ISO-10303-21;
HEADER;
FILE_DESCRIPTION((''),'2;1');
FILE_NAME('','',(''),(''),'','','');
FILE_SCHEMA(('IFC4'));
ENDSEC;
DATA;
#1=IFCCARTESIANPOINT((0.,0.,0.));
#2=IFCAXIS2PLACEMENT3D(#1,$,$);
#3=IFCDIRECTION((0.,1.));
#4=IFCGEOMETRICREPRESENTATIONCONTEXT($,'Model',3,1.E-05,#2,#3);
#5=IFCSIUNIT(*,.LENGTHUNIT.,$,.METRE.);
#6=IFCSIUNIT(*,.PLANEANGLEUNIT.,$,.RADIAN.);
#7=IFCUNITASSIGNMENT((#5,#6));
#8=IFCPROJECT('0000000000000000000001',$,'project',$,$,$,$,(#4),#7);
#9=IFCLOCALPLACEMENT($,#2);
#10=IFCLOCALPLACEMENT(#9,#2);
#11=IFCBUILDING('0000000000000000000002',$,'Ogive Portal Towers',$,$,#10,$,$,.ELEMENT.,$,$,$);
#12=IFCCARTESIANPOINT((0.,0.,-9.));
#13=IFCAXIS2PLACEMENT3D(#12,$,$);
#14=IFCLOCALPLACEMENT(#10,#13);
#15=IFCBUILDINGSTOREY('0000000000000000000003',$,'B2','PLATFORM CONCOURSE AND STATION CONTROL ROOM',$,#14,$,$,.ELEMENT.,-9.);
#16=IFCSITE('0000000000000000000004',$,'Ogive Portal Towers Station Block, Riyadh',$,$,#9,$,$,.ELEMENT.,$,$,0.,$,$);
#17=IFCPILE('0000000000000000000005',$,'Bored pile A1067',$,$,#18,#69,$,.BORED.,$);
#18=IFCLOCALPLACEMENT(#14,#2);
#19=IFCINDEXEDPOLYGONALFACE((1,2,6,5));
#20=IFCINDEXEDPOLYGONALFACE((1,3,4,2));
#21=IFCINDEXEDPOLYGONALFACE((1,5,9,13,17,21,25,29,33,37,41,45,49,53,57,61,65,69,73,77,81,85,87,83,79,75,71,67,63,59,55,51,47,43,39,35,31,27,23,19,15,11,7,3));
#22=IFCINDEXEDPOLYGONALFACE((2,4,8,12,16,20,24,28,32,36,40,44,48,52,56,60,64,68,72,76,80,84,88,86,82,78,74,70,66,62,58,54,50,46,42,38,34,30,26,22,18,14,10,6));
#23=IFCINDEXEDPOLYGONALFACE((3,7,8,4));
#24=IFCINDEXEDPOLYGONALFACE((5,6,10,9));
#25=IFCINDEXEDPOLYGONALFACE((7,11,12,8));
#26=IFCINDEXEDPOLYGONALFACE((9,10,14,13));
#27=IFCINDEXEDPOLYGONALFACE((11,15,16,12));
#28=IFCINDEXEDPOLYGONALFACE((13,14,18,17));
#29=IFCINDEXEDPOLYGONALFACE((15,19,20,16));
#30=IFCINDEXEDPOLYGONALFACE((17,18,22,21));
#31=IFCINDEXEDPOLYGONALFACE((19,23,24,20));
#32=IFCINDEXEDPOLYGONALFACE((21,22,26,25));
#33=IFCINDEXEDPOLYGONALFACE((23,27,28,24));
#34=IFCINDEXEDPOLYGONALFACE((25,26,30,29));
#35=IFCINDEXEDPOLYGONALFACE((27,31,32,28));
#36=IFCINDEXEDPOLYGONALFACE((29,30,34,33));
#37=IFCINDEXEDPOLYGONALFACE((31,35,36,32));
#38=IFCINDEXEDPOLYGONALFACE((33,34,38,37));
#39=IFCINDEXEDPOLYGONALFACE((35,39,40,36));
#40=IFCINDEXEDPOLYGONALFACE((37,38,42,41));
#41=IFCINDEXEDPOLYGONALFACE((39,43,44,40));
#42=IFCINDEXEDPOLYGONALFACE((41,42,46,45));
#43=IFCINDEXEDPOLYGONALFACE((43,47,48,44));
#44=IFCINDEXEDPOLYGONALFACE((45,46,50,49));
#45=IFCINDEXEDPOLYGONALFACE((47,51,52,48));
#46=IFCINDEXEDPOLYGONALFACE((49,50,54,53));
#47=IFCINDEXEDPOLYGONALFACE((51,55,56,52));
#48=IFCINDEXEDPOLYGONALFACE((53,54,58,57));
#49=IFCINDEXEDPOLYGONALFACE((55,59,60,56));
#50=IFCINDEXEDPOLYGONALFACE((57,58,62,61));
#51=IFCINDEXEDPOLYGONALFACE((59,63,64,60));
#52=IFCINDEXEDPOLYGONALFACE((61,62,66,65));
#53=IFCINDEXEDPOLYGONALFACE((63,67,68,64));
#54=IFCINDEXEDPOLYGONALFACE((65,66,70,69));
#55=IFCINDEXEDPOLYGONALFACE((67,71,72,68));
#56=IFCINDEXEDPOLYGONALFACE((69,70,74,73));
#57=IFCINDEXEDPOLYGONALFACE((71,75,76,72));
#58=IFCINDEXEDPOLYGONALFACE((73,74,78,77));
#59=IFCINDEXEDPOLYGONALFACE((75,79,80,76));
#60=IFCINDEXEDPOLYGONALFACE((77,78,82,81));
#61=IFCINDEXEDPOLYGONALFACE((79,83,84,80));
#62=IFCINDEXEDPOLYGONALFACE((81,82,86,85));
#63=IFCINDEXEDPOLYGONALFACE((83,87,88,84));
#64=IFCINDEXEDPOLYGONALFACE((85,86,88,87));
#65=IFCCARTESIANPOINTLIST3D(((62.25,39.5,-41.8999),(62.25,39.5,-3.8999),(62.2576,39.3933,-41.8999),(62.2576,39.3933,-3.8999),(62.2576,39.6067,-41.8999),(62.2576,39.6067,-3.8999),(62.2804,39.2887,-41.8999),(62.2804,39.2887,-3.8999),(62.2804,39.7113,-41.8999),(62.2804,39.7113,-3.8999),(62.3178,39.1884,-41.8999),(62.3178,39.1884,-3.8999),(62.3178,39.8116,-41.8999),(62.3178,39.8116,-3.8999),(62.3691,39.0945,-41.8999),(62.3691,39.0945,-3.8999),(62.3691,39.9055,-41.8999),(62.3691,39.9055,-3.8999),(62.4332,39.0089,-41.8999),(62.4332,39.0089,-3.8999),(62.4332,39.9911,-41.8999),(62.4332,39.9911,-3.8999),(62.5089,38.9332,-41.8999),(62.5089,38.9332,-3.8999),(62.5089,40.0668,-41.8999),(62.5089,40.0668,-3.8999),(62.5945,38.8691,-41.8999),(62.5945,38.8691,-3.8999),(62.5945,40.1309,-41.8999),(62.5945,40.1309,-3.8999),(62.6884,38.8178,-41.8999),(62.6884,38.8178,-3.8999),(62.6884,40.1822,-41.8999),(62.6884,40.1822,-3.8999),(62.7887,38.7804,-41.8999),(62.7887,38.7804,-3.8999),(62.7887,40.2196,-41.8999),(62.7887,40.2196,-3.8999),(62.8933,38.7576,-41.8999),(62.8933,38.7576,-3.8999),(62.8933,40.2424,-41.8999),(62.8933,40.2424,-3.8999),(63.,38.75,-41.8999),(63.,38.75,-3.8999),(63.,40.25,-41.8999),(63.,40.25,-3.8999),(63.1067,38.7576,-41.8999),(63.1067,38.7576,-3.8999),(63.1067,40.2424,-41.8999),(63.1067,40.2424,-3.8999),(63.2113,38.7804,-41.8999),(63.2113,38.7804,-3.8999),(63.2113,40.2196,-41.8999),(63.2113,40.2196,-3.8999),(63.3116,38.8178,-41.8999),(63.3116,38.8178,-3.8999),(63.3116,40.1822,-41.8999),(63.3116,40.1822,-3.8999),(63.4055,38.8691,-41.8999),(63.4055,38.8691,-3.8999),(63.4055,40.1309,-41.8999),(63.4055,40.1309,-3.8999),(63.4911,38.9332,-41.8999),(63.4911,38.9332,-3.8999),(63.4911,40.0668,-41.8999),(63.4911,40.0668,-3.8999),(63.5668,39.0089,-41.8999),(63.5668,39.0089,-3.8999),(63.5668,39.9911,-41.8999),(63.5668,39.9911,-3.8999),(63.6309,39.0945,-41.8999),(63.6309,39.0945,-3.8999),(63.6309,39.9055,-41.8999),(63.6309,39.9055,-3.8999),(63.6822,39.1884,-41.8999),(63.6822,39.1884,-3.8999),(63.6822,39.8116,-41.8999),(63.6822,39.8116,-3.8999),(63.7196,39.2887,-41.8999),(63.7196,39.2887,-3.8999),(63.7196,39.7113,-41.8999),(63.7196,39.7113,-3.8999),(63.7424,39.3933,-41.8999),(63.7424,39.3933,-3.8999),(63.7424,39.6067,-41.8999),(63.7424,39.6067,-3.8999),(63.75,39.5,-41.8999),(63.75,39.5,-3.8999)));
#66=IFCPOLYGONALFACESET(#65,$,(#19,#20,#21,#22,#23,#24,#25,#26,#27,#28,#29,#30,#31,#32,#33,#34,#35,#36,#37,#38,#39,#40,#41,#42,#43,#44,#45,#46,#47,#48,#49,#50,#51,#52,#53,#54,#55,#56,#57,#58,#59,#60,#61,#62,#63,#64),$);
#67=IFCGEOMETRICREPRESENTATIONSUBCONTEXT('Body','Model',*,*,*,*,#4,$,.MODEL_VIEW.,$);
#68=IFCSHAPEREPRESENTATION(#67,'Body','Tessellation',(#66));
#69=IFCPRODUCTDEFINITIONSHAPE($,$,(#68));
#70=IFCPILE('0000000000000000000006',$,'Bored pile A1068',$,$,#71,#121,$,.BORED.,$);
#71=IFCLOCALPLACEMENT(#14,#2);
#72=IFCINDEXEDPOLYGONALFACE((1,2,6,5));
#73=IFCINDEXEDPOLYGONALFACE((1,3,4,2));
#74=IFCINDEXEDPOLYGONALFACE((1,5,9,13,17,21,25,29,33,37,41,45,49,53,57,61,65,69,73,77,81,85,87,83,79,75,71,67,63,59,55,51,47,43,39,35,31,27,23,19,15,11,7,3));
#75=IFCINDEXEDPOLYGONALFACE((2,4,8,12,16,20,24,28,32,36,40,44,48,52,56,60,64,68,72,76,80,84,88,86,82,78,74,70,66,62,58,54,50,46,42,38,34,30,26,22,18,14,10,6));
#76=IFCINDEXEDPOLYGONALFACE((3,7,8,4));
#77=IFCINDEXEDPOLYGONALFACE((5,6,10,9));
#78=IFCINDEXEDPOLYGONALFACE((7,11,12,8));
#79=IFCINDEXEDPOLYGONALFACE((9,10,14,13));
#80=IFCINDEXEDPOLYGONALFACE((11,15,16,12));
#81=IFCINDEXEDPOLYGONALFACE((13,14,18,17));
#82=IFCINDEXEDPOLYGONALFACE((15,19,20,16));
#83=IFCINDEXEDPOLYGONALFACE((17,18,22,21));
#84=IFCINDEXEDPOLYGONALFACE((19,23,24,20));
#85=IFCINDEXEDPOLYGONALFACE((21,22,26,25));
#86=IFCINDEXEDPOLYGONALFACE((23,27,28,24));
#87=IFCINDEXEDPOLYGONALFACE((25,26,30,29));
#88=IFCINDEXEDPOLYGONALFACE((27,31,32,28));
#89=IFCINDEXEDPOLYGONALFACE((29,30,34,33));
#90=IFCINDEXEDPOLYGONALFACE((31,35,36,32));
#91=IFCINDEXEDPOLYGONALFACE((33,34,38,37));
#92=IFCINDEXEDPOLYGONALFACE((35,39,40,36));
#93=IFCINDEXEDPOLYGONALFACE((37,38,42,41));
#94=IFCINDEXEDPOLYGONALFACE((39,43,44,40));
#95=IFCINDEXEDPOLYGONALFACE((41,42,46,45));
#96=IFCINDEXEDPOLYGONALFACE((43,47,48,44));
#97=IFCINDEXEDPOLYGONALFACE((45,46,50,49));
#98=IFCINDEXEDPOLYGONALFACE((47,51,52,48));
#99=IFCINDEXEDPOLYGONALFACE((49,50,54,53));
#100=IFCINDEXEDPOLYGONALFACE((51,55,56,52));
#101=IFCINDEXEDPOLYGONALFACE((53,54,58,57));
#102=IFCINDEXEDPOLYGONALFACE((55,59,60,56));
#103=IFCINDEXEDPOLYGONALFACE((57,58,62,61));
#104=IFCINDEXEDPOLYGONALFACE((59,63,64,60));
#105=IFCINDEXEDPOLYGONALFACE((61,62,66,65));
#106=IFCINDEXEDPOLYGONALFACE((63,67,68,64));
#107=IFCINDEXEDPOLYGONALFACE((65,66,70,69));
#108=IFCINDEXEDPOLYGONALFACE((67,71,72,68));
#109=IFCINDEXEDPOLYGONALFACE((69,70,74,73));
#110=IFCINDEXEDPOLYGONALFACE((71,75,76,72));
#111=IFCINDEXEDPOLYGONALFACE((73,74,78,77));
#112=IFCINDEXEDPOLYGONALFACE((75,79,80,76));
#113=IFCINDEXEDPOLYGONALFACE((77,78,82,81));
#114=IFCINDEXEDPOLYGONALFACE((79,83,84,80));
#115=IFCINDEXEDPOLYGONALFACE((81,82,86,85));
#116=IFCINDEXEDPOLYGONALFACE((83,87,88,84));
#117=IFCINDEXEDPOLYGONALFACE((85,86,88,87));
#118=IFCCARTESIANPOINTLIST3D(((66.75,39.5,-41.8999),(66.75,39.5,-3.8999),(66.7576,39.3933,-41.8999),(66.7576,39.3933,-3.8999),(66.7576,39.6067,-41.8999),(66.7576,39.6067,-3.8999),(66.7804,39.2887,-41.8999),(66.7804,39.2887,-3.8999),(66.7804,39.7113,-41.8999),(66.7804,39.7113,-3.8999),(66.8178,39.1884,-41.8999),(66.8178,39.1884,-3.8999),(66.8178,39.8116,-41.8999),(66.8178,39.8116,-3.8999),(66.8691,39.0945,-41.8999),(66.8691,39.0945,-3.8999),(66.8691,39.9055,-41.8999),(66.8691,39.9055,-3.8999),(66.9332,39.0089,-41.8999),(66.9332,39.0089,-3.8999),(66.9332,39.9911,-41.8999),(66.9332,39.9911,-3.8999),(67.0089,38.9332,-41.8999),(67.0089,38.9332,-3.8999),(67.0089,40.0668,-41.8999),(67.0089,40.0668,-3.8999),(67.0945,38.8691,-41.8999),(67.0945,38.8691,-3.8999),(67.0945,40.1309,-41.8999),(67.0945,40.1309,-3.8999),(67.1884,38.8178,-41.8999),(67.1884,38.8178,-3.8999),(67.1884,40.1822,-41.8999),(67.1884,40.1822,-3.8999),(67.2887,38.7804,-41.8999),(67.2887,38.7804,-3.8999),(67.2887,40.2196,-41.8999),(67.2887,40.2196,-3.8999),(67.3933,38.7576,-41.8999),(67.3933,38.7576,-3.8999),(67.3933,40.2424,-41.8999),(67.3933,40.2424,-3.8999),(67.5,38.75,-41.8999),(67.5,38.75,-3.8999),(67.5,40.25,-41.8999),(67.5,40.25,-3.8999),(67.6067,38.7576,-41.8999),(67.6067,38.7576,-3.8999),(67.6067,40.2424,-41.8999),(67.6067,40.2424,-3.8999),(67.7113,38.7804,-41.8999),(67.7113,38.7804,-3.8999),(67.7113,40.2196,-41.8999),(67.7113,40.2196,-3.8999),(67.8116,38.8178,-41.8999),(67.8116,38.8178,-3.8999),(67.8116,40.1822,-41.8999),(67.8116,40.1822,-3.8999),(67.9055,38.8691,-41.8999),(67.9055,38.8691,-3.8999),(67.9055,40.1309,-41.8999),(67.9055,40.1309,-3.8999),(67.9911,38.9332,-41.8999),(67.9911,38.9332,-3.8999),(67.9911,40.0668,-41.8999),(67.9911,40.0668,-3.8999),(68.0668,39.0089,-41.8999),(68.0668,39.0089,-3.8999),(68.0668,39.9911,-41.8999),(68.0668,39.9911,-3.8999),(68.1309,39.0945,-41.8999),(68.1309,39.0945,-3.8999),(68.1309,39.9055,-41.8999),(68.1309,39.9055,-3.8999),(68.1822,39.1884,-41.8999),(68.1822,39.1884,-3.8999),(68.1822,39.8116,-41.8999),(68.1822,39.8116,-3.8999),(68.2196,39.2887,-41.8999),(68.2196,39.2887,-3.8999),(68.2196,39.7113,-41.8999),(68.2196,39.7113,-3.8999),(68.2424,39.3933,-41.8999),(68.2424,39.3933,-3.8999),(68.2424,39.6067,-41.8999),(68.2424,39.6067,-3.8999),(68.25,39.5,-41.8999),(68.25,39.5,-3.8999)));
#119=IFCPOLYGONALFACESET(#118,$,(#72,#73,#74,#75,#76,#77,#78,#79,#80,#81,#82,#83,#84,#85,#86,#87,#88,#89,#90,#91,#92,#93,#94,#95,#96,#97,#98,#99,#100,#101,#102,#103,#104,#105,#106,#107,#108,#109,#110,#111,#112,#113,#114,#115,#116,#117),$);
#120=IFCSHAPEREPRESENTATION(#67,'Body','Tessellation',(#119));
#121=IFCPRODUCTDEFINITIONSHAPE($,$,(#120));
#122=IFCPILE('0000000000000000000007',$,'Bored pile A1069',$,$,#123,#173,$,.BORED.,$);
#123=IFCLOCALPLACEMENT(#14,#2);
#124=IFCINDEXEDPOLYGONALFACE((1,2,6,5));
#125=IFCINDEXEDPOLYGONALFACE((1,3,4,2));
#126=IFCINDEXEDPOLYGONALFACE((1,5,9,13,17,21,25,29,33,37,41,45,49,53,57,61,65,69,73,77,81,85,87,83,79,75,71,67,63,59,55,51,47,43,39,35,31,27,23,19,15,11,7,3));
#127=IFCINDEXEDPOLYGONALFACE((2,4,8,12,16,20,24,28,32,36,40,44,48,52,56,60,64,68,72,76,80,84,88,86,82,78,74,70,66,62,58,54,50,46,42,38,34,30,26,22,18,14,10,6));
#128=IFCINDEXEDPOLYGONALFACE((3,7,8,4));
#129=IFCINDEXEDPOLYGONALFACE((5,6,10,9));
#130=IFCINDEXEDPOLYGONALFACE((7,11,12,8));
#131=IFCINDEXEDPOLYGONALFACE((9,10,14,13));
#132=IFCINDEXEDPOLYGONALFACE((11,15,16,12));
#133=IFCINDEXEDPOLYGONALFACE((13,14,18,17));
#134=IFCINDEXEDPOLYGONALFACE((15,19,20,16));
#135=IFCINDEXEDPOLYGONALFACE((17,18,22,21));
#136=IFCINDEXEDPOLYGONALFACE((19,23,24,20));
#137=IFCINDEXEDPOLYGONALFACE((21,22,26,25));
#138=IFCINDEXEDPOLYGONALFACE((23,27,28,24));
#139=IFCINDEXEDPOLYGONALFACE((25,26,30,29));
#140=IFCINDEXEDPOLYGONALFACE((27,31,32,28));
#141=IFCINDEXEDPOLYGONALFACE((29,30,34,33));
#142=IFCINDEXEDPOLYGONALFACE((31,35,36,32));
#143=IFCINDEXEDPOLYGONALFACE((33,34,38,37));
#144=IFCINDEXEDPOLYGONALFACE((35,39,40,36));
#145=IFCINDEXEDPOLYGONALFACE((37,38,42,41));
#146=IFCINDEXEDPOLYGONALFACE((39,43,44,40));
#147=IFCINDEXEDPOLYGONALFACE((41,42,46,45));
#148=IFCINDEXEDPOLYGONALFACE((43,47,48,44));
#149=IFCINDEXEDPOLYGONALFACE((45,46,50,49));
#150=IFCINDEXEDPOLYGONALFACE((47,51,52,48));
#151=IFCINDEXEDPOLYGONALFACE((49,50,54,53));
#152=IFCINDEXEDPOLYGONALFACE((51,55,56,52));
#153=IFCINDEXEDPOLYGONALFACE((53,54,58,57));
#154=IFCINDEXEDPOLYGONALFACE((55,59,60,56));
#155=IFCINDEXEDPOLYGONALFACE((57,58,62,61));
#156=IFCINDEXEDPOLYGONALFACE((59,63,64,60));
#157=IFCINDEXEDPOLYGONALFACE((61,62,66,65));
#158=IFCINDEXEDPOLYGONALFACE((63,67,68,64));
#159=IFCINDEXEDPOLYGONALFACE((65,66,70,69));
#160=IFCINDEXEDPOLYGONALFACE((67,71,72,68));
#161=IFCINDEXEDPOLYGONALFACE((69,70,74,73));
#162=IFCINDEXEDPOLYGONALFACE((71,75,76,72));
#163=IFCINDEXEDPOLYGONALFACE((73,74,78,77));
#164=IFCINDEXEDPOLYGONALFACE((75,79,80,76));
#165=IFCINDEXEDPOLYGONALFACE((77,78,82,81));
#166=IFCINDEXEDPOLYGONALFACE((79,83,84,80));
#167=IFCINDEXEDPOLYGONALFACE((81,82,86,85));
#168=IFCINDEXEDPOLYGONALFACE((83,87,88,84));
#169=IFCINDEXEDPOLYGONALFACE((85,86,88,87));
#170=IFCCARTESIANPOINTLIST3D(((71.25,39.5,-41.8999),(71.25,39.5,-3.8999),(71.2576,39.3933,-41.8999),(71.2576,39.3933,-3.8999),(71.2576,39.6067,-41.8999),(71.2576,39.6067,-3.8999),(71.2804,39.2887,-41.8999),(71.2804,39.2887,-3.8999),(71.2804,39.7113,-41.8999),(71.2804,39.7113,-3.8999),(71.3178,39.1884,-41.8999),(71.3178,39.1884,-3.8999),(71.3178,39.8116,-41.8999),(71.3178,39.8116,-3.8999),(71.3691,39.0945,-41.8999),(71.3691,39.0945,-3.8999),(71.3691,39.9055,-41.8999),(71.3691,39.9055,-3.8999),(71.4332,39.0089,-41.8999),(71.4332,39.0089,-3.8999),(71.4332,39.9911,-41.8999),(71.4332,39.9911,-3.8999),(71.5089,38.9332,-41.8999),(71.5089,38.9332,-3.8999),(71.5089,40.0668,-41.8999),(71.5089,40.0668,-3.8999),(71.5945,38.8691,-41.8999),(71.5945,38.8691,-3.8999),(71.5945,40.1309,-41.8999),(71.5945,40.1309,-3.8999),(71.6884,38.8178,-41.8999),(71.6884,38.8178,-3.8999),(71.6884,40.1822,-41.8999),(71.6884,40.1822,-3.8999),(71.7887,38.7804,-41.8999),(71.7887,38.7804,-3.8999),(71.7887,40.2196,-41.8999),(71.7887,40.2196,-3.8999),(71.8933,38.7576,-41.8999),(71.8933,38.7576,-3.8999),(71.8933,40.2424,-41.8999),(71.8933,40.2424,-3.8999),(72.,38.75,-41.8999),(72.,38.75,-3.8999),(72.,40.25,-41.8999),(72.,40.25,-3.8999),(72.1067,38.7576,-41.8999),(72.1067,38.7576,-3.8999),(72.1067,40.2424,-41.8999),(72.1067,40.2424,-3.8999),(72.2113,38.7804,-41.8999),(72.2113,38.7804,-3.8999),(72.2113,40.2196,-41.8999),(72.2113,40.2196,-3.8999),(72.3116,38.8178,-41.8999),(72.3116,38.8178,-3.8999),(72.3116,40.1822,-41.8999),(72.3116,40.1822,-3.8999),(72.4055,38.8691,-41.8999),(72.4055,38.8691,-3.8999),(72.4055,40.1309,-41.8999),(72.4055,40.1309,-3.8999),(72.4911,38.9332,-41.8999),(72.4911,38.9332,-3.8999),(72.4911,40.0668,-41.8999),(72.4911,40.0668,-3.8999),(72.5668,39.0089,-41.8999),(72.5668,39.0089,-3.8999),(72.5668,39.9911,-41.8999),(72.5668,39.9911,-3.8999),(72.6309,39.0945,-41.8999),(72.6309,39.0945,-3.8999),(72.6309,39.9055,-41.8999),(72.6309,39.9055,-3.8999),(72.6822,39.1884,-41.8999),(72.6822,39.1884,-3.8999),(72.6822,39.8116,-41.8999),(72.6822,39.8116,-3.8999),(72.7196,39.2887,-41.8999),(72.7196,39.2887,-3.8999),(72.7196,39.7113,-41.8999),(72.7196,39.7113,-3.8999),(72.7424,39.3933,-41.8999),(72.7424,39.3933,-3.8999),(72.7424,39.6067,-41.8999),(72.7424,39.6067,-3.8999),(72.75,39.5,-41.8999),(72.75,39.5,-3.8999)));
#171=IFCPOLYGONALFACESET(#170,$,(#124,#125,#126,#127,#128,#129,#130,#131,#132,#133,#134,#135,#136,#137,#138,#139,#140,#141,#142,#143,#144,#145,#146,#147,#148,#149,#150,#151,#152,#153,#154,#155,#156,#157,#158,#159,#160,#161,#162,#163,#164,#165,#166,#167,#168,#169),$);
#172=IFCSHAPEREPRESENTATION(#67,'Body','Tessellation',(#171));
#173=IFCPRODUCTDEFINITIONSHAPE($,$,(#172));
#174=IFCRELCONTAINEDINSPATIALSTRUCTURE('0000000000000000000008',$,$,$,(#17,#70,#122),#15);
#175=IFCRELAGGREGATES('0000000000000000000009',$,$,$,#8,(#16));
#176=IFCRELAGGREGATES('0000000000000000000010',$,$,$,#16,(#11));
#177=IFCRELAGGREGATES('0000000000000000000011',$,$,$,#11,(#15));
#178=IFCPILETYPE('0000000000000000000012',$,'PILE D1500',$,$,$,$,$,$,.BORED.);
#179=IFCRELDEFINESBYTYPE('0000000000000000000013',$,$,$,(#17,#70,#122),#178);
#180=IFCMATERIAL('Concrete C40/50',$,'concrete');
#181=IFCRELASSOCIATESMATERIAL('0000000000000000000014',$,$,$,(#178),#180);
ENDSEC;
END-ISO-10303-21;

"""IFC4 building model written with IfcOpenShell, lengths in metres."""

from ifc_helpers import new_model, si_unit, direction, frame, origin, origin_2d, place, context, subcontext, project, spatial, circle, extrude, material, material_profile, profile_set, type_object, element, save


model = new_model("IFC4")

# Units and contexts
model_context = context("Model", 3, precision=1e-05, world=origin(), true_north=direction((0.0, 1.0)))
body_context = subcontext(model_context, "Body", "Model", "MODEL_VIEW")
ifc_project = project(units=[si_unit("LENGTHUNIT", "METRE"), si_unit("PLANEANGLEUNIT", "RADIAN")], contexts=[model_context])

# Site, building, storey
site_placement = place(None, origin())
site = spatial("IfcSite", under=ifc_project, at=site_placement, Name="Ogive Portal Towers Station Block, Riyadh", CompositionType="ELEMENT", RefElevation=0.0)
building_placement = place(site_placement, origin())
building = spatial("IfcBuilding", under=site, at=building_placement, Name="Ogive Portal Towers", CompositionType="ELEMENT")
storey_placement = place(building_placement, frame((0.0, 0.0, -9.0)))
storey = spatial("IfcBuildingStorey", under=building, at=storey_placement, Name="B2", Description="PLATFORM CONCOURSE AND STATION CONTROL ROOM", CompositionType="ELEMENT", Elevation=-9.0)

# Piles
ifc_material_1 = material(Name="Concrete C40/50", Category="concrete")
ifc_material_profile_1 = material_profile(ifc_material_1, circle(Radius=0.75, at=origin_2d()), Name="PILE D1500")
ifc_profile_set_1 = profile_set([ifc_material_profile_1], Name="Concrete C40/50")
pile_type = type_object("IfcPileType", Name="PILE D1500", PredefinedType="BORED", material=ifc_profile_set_1)
for number, where, z_axis, x_axis, name in (
    (1, (63.0, 39.5, -3.8999), (0.0, 0.0, -1.0), (1.0, 0.0, 0.0), "Bored pile A1067"),
    (2, (67.5, 39.5, -3.8999), (0.0, 0.0, -1.0), (1.0, 0.0, 0.0), "Bored pile A1068"),
    (3, (72.0, 39.5, -3.8999), (0.0, 0.0, -1.0), (1.0, 0.0, 0.0), "Bored pile A1069"),
):
    element("IfcPile", number, at=place(storey_placement, frame(where, z_axis=z_axis, x_axis=x_axis)), inside=storey, type_object=pile_type, Name=name, PredefinedType="BORED", context=body_context, shape_type="SweptSolid", body=[
        extrude(circle(Radius=0.75, at=origin_2d()), origin(), (0.0, 0.0, 1.0), 38.0),
    ])

save(model, "model.ifc")
